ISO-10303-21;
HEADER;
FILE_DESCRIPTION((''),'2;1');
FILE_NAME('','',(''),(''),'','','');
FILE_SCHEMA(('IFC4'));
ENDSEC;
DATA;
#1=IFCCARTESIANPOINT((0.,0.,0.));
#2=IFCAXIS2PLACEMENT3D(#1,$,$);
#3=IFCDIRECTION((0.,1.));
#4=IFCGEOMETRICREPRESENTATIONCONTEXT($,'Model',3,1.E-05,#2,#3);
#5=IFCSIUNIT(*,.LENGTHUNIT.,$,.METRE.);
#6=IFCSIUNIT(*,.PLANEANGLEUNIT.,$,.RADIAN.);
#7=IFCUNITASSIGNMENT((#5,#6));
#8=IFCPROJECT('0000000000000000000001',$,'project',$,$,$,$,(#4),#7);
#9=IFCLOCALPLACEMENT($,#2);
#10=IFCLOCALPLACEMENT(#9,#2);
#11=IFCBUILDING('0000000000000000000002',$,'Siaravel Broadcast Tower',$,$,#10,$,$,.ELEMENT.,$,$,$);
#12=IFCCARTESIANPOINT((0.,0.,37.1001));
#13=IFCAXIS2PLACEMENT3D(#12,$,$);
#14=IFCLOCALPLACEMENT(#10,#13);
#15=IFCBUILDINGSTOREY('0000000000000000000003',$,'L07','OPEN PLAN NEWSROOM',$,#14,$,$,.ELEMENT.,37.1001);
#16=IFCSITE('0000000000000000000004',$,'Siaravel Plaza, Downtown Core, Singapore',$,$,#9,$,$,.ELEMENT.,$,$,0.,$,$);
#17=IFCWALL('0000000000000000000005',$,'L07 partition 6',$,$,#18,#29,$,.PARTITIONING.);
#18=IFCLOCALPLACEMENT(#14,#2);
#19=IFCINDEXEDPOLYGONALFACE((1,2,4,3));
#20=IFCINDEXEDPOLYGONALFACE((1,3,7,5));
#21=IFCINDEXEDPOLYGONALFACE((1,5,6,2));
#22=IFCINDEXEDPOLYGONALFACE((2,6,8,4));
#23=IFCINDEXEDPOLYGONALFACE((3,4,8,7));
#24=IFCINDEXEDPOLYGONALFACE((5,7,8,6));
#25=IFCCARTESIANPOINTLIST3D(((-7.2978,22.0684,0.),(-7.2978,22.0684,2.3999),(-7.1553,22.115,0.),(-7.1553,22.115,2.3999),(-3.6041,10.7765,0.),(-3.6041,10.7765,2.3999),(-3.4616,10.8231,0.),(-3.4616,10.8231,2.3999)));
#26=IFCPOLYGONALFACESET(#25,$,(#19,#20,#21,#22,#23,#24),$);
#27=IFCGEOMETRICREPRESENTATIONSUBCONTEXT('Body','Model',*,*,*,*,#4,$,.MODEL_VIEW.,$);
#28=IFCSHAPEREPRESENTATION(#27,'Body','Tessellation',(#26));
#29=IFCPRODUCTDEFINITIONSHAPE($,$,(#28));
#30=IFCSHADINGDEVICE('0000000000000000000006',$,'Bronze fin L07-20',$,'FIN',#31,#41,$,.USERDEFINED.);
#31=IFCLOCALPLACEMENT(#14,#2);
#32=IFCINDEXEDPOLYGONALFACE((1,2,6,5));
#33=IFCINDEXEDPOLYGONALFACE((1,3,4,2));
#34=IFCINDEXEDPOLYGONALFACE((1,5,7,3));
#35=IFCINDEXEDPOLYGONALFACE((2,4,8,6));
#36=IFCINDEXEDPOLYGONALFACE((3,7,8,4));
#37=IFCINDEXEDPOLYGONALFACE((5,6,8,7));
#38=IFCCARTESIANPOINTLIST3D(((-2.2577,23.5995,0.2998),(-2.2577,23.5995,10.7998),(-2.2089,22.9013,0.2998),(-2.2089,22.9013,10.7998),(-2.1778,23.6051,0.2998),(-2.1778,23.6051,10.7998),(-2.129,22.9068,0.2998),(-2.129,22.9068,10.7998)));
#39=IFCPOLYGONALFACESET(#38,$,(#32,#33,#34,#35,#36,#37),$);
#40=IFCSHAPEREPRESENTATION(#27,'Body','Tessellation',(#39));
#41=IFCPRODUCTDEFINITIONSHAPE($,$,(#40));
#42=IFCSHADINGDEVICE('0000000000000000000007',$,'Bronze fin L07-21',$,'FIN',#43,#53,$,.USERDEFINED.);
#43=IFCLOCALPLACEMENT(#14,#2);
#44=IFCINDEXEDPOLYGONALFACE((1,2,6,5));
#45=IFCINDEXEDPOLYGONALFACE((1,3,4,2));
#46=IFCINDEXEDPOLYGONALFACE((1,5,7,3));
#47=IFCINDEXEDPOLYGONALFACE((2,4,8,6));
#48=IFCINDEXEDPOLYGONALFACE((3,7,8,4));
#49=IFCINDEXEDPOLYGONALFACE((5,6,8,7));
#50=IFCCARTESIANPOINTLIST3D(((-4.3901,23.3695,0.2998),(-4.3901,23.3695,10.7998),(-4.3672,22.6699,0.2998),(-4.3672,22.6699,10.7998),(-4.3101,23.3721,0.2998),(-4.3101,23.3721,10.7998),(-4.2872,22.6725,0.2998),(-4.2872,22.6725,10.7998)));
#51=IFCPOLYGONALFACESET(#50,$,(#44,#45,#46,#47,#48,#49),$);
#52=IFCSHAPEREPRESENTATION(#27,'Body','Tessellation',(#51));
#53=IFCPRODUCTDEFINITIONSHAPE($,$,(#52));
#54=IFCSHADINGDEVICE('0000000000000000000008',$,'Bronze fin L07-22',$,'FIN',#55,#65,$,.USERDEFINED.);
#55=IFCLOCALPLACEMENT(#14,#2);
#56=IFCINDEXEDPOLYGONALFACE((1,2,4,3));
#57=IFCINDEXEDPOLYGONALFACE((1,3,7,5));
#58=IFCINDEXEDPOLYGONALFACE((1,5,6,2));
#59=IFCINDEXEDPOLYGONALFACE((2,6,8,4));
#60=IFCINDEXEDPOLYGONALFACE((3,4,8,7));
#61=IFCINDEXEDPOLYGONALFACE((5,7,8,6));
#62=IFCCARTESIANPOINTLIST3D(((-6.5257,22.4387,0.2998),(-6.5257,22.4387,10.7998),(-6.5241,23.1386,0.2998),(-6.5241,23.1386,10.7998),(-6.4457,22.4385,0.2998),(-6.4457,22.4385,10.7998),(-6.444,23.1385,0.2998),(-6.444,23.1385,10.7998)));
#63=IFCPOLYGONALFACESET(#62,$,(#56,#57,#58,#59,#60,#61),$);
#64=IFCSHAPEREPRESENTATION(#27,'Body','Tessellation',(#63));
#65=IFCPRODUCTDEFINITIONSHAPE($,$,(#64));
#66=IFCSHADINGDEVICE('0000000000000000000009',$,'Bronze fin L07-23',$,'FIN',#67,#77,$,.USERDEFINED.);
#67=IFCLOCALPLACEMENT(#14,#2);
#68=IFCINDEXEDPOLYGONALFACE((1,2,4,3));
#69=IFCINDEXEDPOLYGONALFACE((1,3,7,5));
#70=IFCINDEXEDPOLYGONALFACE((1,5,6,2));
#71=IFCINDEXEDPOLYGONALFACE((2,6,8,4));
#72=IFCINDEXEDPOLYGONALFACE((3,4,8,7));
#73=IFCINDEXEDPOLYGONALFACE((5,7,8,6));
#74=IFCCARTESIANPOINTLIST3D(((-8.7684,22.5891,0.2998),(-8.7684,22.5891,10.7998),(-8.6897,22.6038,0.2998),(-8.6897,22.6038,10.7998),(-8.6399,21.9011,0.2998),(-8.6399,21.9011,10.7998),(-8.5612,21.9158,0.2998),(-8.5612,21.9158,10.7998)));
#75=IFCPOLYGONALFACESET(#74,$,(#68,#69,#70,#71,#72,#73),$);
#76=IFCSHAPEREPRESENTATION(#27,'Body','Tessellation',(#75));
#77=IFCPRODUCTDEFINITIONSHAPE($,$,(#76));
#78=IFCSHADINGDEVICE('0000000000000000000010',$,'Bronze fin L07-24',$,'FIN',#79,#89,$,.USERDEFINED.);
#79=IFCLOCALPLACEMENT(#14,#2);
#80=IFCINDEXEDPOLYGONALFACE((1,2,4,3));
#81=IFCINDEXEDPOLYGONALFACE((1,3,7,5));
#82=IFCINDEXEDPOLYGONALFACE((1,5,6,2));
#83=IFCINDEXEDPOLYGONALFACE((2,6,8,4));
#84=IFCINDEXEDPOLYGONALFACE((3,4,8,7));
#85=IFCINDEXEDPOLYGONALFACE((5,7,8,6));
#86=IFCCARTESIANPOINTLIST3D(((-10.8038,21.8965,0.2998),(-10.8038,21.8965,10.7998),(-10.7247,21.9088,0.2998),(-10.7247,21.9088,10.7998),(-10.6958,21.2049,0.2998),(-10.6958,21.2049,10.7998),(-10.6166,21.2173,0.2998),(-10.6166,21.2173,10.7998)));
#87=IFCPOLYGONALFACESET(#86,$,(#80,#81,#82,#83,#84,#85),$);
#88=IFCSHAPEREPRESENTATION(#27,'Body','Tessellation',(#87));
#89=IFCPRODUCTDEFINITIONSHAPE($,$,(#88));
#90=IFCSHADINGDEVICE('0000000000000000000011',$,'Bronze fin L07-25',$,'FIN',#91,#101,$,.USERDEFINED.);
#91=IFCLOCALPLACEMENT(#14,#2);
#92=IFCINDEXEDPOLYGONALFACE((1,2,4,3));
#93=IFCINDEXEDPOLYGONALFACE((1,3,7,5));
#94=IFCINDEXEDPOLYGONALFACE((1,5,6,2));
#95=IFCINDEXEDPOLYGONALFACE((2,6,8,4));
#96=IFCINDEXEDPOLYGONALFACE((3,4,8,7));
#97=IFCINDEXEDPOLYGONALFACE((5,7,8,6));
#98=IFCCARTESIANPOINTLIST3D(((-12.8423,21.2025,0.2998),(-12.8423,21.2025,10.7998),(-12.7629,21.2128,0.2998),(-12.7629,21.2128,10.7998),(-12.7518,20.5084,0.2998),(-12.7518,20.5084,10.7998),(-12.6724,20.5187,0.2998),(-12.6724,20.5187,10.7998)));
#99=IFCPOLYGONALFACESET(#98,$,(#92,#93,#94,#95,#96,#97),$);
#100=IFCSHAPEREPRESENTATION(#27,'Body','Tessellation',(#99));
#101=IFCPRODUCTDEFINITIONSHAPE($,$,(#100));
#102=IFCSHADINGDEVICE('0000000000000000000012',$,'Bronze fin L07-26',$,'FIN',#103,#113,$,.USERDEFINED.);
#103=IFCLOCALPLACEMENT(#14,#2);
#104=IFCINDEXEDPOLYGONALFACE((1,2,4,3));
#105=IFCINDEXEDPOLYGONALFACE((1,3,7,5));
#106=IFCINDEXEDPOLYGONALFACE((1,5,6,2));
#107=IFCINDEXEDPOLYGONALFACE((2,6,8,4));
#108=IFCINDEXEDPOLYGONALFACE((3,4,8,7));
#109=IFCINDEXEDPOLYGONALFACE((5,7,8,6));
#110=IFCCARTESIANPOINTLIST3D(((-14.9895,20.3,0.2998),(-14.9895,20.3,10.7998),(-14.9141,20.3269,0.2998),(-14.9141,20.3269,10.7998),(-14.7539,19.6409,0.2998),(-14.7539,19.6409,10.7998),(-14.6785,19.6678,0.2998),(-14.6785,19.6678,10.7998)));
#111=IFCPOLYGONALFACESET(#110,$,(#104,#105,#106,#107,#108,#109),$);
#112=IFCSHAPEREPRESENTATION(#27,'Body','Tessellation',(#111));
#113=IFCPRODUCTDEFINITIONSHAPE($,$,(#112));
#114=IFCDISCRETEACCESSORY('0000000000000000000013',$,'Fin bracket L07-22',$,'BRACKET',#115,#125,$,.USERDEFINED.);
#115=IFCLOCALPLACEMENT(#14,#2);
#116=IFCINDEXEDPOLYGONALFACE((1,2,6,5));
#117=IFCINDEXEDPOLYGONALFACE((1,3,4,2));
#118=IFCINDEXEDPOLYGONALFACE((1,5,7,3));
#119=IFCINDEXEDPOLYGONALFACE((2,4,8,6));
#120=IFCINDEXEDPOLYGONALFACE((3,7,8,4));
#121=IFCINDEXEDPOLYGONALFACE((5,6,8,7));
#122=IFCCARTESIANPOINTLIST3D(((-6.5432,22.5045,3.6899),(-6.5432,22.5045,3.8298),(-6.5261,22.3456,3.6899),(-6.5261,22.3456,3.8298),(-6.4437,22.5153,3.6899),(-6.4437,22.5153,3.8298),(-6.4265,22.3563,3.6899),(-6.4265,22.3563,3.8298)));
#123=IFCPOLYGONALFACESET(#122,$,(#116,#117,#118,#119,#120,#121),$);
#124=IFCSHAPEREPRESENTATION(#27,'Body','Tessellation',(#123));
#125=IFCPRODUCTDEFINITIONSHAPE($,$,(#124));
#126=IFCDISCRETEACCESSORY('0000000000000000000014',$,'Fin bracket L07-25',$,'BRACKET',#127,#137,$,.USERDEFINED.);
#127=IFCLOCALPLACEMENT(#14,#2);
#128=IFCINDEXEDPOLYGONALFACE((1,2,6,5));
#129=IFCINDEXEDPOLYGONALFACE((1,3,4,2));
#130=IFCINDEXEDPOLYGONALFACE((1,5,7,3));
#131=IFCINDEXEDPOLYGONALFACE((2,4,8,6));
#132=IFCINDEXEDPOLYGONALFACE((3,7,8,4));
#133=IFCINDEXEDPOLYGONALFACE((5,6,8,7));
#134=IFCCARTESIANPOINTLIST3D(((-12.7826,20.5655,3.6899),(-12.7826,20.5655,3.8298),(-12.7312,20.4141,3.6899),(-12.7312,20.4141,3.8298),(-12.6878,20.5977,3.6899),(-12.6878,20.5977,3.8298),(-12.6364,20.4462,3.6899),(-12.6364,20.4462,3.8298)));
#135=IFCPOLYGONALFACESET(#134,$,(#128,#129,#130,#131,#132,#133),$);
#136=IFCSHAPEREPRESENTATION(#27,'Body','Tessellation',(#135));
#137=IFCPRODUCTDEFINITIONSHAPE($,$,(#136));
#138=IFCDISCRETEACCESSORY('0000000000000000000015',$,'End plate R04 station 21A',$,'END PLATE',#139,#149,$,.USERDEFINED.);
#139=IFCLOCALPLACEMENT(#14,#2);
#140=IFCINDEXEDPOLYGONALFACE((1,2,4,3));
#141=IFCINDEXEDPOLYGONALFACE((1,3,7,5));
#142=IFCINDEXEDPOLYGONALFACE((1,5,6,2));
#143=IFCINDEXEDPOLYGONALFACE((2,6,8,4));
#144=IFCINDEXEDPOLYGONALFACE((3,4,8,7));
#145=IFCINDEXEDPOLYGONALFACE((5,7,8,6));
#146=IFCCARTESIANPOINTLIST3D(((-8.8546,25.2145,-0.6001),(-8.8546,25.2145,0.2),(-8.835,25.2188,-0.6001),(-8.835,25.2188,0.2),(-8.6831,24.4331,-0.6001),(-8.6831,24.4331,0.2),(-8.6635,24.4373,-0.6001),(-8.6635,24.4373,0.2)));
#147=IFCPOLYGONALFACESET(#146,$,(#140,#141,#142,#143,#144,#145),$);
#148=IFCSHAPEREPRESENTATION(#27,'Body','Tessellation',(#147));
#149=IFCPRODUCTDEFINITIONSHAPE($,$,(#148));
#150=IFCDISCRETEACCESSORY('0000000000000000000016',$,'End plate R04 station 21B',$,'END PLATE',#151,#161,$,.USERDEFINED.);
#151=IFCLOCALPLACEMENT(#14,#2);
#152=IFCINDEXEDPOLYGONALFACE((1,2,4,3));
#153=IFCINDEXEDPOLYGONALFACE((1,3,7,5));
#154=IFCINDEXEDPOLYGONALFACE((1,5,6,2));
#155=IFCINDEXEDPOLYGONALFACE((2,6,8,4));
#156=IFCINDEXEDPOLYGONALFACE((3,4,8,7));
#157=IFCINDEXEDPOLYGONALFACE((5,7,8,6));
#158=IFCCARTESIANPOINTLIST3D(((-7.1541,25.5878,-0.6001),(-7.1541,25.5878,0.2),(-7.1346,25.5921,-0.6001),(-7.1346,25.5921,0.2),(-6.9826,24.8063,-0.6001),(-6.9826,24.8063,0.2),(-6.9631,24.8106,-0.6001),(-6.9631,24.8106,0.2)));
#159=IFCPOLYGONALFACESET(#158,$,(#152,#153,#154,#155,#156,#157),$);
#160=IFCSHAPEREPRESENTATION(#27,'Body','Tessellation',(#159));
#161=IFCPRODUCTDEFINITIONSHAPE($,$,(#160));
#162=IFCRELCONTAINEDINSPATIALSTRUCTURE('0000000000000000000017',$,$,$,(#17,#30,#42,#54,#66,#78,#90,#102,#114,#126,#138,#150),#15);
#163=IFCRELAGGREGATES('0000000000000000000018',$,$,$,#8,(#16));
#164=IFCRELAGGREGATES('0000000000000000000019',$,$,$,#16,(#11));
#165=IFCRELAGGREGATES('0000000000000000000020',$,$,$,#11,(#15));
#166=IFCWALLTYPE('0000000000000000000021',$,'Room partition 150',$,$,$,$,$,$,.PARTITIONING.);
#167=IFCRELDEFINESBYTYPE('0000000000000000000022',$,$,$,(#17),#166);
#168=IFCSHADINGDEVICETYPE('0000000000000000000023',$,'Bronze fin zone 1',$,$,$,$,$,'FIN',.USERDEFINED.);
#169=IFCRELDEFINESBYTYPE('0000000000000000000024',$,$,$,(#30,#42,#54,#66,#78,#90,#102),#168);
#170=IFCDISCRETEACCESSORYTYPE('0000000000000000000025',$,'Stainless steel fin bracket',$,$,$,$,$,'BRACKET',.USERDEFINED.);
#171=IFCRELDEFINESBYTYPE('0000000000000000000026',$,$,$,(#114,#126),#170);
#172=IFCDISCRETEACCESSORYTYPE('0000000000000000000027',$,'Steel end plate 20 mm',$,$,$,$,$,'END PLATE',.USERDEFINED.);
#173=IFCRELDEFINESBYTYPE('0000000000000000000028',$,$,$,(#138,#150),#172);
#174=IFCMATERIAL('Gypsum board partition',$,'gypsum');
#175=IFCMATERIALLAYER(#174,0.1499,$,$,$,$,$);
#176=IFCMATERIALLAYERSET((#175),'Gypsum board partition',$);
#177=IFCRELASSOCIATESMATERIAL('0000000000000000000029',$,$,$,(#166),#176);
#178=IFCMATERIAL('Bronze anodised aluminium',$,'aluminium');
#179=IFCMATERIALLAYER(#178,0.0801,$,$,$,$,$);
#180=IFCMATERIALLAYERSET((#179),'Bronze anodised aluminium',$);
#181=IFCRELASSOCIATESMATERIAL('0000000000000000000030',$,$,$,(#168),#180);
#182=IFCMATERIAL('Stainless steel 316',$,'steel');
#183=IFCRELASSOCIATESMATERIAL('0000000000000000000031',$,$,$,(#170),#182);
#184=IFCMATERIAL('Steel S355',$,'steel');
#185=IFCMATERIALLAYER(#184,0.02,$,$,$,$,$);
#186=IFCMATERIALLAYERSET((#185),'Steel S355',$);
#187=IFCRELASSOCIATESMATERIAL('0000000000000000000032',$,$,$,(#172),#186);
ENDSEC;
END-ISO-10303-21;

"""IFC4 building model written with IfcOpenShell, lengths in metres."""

from ifc_helpers import new_model, si_unit, direction, frame, frame_2d, origin, origin_2d, place, context, subcontext, project, spatial, rectangle, extrude, material, layer, layer_set, type_object, element, save


model = new_model("IFC4")

# Units and contexts
model_context = context("Model", 3, precision=1e-05, world=origin(), true_north=direction((0.0, 1.0)))
body_context = subcontext(model_context, "Body", "Model", "MODEL_VIEW")
ifc_project = project(units=[si_unit("LENGTHUNIT", "METRE"), si_unit("PLANEANGLEUNIT", "RADIAN")], contexts=[model_context])

# Site, building, storey
site_placement = place(None, origin())
site = spatial("IfcSite", under=ifc_project, at=site_placement, Name="Siaravel Plaza, Downtown Core, Singapore", CompositionType="ELEMENT", RefElevation=0.0)
building_placement = place(site_placement, origin())
building = spatial("IfcBuilding", under=site, at=building_placement, Name="Siaravel Broadcast Tower", CompositionType="ELEMENT")
storey_placement = place(building_placement, frame((0.0, 0.0, 37.1001)))
storey = spatial("IfcBuildingStorey", under=building, at=storey_placement, Name="L07", Description="OPEN PLAN NEWSROOM", CompositionType="ELEMENT", Elevation=37.1001)

# Shared definitions
ifc_material_1 = material(Name="Steel S355", Category="steel")

# Wall
ifc_material_2 = material(Name="Gypsum board partition", Category="gypsum")
ifc_layer_1 = layer(ifc_material_2, 0.1499)
ifc_layer_set_1 = layer_set([ifc_layer_1], Name="Gypsum board partition")
wall_type = type_object("IfcWallType", Name="Room partition 150", PredefinedType="PARTITIONING", material=ifc_layer_set_1)
wall_placement = place(storey_placement, frame((-7.2266, 22.0918, 0.0), z_axis=(0.0, 0.0, 1.0), x_axis=(0.310896, -0.950444, 0.0)))
element("IfcWall", 1, at=wall_placement, inside=storey, type_object=wall_type, Name="L07 partition 6", PredefinedType="PARTITIONING", context=body_context, shape_type="SweptSolid", body=[
    extrude(rectangle(XDim=11.8806, YDim=0.1499, at=frame_2d((5.9404, 0.0))), origin(), (0.0, 0.0, 1.0), 2.3999),
])

# Shading devices
ifc_material_3 = material(Name="Bronze anodised aluminium", Category="aluminium")
ifc_layer_2 = layer(ifc_material_3, 0.0801)
ifc_layer_set_2 = layer_set([ifc_layer_2], Name="Bronze anodised aluminium")
shading_device_type = type_object("IfcShadingDeviceType", Name="Bronze fin zone 1", ElementType="FIN", PredefinedType="USERDEFINED", material=ifc_layer_set_2)
for number, where, z_axis, x_axis, name in (
    (2, (-2.1934, 23.2532, 0.2998), (0.0, 0.0, 1.0), (-0.069711, 0.997567, 0.0), "Bronze fin L07-20"),
    (3, (-4.3386, 23.021, 0.2998), (0.0, 0.0, 1.0), (-0.032703, 0.999465, 0.0), "Bronze fin L07-21"),
    (4, (-6.4849, 22.7886, 0.2998), (0.0, 0.0, 1.0), (0.002403, 0.999997, 0.0), "Bronze fin L07-22"),
    (5, (-8.6648, 22.2524, 0.2998), (0.0, 0.0, 1.0), (-0.183574, 0.983006, 0.0), "Bronze fin L07-23"),
    (6, (-10.7102, 21.5569, 0.2998), (0.0, 0.0, 1.0), (-0.154329, 0.988019, 0.0), "Bronze fin L07-24"),
    (7, (-12.7573, 20.8606, 0.2998), (0.0, 0.0, 1.0), (-0.129261, 0.991611, 0.0), "Bronze fin L07-25"),
    (8, (-14.834, 19.9839, 0.2998), (0.0, 0.0, 1.0), (-0.336571, 0.941658, 0.0), "Bronze fin L07-26"),
):
    element("IfcShadingDevice", number, at=place(storey_placement, frame(where, z_axis=z_axis, x_axis=x_axis)), inside=storey, type_object=shading_device_type, Name=name, ObjectType="FIN", PredefinedType="USERDEFINED", context=body_context, shape_type="SweptSolid", body=[
        extrude(rectangle(XDim=0.7, YDim=0.0801, at=origin_2d()), origin(), (0.0, 0.0, 1.0), 10.5),
    ])

# Discrete accessories
ifc_material_4 = material(Name="Stainless steel 316", Category="steel")
discrete_accessory_type_1 = type_object("IfcDiscreteAccessoryType", Name="Stainless steel fin bracket", ElementType="BRACKET", PredefinedType="USERDEFINED", material=ifc_material_4)
for number, where, z_axis, x_axis, name in (
    (9, (-6.4849, 22.4304, 3.6899), (0.0, 0.0, 1.0), (-0.107217, 0.994236, 0.0), "Fin bracket L07-22"),
    (10, (-12.7095, 20.5059, 3.6899), (0.0, 0.0, 1.0), (-0.321301, 0.946977, 0.0), "Fin bracket L07-25"),
):
    element("IfcDiscreteAccessory", number, at=place(storey_placement, frame(where, z_axis=z_axis, x_axis=x_axis)), inside=storey, type_object=discrete_accessory_type_1, Name=name, ObjectType="BRACKET", PredefinedType="USERDEFINED", context=body_context, shape_type="SweptSolid", body=[
        extrude(rectangle(XDim=0.1599, YDim=0.1001, at=origin_2d()), origin(), (0.0, 0.0, 1.0), 0.1399),
    ])
ifc_layer_3 = layer(ifc_material_1, 0.02)
ifc_layer_set_3 = layer_set([ifc_layer_3], Name="Steel S355")
discrete_accessory_type_2 = type_object("IfcDiscreteAccessoryType", Name="Steel end plate 20 mm", ElementType="END PLATE", PredefinedType="USERDEFINED", material=ifc_layer_set_3)
for number, where, z_axis, x_axis, name in (
    (11, (-8.759, 24.8259, -0.6001), (0.0, 0.0, 1.0), (-0.976751, -0.214377, 0.0), "End plate R04 station 21A"),
    (12, (-7.0586, 25.1992, -0.6001), (0.0, 0.0, 1.0), (-0.976751, -0.214377, 0.0), "End plate R04 station 21B"),
):
    element("IfcDiscreteAccessory", number, at=place(storey_placement, frame(where, z_axis=z_axis, x_axis=x_axis)), inside=storey, type_object=discrete_accessory_type_2, Name=name, ObjectType="END PLATE", PredefinedType="USERDEFINED", context=body_context, shape_type="SweptSolid", body=[
        extrude(rectangle(XDim=0.02, YDim=0.8, at=origin_2d()), origin(), (0.0, 0.0, 1.0), 0.8),
    ])

save(model, "model.ifc")
